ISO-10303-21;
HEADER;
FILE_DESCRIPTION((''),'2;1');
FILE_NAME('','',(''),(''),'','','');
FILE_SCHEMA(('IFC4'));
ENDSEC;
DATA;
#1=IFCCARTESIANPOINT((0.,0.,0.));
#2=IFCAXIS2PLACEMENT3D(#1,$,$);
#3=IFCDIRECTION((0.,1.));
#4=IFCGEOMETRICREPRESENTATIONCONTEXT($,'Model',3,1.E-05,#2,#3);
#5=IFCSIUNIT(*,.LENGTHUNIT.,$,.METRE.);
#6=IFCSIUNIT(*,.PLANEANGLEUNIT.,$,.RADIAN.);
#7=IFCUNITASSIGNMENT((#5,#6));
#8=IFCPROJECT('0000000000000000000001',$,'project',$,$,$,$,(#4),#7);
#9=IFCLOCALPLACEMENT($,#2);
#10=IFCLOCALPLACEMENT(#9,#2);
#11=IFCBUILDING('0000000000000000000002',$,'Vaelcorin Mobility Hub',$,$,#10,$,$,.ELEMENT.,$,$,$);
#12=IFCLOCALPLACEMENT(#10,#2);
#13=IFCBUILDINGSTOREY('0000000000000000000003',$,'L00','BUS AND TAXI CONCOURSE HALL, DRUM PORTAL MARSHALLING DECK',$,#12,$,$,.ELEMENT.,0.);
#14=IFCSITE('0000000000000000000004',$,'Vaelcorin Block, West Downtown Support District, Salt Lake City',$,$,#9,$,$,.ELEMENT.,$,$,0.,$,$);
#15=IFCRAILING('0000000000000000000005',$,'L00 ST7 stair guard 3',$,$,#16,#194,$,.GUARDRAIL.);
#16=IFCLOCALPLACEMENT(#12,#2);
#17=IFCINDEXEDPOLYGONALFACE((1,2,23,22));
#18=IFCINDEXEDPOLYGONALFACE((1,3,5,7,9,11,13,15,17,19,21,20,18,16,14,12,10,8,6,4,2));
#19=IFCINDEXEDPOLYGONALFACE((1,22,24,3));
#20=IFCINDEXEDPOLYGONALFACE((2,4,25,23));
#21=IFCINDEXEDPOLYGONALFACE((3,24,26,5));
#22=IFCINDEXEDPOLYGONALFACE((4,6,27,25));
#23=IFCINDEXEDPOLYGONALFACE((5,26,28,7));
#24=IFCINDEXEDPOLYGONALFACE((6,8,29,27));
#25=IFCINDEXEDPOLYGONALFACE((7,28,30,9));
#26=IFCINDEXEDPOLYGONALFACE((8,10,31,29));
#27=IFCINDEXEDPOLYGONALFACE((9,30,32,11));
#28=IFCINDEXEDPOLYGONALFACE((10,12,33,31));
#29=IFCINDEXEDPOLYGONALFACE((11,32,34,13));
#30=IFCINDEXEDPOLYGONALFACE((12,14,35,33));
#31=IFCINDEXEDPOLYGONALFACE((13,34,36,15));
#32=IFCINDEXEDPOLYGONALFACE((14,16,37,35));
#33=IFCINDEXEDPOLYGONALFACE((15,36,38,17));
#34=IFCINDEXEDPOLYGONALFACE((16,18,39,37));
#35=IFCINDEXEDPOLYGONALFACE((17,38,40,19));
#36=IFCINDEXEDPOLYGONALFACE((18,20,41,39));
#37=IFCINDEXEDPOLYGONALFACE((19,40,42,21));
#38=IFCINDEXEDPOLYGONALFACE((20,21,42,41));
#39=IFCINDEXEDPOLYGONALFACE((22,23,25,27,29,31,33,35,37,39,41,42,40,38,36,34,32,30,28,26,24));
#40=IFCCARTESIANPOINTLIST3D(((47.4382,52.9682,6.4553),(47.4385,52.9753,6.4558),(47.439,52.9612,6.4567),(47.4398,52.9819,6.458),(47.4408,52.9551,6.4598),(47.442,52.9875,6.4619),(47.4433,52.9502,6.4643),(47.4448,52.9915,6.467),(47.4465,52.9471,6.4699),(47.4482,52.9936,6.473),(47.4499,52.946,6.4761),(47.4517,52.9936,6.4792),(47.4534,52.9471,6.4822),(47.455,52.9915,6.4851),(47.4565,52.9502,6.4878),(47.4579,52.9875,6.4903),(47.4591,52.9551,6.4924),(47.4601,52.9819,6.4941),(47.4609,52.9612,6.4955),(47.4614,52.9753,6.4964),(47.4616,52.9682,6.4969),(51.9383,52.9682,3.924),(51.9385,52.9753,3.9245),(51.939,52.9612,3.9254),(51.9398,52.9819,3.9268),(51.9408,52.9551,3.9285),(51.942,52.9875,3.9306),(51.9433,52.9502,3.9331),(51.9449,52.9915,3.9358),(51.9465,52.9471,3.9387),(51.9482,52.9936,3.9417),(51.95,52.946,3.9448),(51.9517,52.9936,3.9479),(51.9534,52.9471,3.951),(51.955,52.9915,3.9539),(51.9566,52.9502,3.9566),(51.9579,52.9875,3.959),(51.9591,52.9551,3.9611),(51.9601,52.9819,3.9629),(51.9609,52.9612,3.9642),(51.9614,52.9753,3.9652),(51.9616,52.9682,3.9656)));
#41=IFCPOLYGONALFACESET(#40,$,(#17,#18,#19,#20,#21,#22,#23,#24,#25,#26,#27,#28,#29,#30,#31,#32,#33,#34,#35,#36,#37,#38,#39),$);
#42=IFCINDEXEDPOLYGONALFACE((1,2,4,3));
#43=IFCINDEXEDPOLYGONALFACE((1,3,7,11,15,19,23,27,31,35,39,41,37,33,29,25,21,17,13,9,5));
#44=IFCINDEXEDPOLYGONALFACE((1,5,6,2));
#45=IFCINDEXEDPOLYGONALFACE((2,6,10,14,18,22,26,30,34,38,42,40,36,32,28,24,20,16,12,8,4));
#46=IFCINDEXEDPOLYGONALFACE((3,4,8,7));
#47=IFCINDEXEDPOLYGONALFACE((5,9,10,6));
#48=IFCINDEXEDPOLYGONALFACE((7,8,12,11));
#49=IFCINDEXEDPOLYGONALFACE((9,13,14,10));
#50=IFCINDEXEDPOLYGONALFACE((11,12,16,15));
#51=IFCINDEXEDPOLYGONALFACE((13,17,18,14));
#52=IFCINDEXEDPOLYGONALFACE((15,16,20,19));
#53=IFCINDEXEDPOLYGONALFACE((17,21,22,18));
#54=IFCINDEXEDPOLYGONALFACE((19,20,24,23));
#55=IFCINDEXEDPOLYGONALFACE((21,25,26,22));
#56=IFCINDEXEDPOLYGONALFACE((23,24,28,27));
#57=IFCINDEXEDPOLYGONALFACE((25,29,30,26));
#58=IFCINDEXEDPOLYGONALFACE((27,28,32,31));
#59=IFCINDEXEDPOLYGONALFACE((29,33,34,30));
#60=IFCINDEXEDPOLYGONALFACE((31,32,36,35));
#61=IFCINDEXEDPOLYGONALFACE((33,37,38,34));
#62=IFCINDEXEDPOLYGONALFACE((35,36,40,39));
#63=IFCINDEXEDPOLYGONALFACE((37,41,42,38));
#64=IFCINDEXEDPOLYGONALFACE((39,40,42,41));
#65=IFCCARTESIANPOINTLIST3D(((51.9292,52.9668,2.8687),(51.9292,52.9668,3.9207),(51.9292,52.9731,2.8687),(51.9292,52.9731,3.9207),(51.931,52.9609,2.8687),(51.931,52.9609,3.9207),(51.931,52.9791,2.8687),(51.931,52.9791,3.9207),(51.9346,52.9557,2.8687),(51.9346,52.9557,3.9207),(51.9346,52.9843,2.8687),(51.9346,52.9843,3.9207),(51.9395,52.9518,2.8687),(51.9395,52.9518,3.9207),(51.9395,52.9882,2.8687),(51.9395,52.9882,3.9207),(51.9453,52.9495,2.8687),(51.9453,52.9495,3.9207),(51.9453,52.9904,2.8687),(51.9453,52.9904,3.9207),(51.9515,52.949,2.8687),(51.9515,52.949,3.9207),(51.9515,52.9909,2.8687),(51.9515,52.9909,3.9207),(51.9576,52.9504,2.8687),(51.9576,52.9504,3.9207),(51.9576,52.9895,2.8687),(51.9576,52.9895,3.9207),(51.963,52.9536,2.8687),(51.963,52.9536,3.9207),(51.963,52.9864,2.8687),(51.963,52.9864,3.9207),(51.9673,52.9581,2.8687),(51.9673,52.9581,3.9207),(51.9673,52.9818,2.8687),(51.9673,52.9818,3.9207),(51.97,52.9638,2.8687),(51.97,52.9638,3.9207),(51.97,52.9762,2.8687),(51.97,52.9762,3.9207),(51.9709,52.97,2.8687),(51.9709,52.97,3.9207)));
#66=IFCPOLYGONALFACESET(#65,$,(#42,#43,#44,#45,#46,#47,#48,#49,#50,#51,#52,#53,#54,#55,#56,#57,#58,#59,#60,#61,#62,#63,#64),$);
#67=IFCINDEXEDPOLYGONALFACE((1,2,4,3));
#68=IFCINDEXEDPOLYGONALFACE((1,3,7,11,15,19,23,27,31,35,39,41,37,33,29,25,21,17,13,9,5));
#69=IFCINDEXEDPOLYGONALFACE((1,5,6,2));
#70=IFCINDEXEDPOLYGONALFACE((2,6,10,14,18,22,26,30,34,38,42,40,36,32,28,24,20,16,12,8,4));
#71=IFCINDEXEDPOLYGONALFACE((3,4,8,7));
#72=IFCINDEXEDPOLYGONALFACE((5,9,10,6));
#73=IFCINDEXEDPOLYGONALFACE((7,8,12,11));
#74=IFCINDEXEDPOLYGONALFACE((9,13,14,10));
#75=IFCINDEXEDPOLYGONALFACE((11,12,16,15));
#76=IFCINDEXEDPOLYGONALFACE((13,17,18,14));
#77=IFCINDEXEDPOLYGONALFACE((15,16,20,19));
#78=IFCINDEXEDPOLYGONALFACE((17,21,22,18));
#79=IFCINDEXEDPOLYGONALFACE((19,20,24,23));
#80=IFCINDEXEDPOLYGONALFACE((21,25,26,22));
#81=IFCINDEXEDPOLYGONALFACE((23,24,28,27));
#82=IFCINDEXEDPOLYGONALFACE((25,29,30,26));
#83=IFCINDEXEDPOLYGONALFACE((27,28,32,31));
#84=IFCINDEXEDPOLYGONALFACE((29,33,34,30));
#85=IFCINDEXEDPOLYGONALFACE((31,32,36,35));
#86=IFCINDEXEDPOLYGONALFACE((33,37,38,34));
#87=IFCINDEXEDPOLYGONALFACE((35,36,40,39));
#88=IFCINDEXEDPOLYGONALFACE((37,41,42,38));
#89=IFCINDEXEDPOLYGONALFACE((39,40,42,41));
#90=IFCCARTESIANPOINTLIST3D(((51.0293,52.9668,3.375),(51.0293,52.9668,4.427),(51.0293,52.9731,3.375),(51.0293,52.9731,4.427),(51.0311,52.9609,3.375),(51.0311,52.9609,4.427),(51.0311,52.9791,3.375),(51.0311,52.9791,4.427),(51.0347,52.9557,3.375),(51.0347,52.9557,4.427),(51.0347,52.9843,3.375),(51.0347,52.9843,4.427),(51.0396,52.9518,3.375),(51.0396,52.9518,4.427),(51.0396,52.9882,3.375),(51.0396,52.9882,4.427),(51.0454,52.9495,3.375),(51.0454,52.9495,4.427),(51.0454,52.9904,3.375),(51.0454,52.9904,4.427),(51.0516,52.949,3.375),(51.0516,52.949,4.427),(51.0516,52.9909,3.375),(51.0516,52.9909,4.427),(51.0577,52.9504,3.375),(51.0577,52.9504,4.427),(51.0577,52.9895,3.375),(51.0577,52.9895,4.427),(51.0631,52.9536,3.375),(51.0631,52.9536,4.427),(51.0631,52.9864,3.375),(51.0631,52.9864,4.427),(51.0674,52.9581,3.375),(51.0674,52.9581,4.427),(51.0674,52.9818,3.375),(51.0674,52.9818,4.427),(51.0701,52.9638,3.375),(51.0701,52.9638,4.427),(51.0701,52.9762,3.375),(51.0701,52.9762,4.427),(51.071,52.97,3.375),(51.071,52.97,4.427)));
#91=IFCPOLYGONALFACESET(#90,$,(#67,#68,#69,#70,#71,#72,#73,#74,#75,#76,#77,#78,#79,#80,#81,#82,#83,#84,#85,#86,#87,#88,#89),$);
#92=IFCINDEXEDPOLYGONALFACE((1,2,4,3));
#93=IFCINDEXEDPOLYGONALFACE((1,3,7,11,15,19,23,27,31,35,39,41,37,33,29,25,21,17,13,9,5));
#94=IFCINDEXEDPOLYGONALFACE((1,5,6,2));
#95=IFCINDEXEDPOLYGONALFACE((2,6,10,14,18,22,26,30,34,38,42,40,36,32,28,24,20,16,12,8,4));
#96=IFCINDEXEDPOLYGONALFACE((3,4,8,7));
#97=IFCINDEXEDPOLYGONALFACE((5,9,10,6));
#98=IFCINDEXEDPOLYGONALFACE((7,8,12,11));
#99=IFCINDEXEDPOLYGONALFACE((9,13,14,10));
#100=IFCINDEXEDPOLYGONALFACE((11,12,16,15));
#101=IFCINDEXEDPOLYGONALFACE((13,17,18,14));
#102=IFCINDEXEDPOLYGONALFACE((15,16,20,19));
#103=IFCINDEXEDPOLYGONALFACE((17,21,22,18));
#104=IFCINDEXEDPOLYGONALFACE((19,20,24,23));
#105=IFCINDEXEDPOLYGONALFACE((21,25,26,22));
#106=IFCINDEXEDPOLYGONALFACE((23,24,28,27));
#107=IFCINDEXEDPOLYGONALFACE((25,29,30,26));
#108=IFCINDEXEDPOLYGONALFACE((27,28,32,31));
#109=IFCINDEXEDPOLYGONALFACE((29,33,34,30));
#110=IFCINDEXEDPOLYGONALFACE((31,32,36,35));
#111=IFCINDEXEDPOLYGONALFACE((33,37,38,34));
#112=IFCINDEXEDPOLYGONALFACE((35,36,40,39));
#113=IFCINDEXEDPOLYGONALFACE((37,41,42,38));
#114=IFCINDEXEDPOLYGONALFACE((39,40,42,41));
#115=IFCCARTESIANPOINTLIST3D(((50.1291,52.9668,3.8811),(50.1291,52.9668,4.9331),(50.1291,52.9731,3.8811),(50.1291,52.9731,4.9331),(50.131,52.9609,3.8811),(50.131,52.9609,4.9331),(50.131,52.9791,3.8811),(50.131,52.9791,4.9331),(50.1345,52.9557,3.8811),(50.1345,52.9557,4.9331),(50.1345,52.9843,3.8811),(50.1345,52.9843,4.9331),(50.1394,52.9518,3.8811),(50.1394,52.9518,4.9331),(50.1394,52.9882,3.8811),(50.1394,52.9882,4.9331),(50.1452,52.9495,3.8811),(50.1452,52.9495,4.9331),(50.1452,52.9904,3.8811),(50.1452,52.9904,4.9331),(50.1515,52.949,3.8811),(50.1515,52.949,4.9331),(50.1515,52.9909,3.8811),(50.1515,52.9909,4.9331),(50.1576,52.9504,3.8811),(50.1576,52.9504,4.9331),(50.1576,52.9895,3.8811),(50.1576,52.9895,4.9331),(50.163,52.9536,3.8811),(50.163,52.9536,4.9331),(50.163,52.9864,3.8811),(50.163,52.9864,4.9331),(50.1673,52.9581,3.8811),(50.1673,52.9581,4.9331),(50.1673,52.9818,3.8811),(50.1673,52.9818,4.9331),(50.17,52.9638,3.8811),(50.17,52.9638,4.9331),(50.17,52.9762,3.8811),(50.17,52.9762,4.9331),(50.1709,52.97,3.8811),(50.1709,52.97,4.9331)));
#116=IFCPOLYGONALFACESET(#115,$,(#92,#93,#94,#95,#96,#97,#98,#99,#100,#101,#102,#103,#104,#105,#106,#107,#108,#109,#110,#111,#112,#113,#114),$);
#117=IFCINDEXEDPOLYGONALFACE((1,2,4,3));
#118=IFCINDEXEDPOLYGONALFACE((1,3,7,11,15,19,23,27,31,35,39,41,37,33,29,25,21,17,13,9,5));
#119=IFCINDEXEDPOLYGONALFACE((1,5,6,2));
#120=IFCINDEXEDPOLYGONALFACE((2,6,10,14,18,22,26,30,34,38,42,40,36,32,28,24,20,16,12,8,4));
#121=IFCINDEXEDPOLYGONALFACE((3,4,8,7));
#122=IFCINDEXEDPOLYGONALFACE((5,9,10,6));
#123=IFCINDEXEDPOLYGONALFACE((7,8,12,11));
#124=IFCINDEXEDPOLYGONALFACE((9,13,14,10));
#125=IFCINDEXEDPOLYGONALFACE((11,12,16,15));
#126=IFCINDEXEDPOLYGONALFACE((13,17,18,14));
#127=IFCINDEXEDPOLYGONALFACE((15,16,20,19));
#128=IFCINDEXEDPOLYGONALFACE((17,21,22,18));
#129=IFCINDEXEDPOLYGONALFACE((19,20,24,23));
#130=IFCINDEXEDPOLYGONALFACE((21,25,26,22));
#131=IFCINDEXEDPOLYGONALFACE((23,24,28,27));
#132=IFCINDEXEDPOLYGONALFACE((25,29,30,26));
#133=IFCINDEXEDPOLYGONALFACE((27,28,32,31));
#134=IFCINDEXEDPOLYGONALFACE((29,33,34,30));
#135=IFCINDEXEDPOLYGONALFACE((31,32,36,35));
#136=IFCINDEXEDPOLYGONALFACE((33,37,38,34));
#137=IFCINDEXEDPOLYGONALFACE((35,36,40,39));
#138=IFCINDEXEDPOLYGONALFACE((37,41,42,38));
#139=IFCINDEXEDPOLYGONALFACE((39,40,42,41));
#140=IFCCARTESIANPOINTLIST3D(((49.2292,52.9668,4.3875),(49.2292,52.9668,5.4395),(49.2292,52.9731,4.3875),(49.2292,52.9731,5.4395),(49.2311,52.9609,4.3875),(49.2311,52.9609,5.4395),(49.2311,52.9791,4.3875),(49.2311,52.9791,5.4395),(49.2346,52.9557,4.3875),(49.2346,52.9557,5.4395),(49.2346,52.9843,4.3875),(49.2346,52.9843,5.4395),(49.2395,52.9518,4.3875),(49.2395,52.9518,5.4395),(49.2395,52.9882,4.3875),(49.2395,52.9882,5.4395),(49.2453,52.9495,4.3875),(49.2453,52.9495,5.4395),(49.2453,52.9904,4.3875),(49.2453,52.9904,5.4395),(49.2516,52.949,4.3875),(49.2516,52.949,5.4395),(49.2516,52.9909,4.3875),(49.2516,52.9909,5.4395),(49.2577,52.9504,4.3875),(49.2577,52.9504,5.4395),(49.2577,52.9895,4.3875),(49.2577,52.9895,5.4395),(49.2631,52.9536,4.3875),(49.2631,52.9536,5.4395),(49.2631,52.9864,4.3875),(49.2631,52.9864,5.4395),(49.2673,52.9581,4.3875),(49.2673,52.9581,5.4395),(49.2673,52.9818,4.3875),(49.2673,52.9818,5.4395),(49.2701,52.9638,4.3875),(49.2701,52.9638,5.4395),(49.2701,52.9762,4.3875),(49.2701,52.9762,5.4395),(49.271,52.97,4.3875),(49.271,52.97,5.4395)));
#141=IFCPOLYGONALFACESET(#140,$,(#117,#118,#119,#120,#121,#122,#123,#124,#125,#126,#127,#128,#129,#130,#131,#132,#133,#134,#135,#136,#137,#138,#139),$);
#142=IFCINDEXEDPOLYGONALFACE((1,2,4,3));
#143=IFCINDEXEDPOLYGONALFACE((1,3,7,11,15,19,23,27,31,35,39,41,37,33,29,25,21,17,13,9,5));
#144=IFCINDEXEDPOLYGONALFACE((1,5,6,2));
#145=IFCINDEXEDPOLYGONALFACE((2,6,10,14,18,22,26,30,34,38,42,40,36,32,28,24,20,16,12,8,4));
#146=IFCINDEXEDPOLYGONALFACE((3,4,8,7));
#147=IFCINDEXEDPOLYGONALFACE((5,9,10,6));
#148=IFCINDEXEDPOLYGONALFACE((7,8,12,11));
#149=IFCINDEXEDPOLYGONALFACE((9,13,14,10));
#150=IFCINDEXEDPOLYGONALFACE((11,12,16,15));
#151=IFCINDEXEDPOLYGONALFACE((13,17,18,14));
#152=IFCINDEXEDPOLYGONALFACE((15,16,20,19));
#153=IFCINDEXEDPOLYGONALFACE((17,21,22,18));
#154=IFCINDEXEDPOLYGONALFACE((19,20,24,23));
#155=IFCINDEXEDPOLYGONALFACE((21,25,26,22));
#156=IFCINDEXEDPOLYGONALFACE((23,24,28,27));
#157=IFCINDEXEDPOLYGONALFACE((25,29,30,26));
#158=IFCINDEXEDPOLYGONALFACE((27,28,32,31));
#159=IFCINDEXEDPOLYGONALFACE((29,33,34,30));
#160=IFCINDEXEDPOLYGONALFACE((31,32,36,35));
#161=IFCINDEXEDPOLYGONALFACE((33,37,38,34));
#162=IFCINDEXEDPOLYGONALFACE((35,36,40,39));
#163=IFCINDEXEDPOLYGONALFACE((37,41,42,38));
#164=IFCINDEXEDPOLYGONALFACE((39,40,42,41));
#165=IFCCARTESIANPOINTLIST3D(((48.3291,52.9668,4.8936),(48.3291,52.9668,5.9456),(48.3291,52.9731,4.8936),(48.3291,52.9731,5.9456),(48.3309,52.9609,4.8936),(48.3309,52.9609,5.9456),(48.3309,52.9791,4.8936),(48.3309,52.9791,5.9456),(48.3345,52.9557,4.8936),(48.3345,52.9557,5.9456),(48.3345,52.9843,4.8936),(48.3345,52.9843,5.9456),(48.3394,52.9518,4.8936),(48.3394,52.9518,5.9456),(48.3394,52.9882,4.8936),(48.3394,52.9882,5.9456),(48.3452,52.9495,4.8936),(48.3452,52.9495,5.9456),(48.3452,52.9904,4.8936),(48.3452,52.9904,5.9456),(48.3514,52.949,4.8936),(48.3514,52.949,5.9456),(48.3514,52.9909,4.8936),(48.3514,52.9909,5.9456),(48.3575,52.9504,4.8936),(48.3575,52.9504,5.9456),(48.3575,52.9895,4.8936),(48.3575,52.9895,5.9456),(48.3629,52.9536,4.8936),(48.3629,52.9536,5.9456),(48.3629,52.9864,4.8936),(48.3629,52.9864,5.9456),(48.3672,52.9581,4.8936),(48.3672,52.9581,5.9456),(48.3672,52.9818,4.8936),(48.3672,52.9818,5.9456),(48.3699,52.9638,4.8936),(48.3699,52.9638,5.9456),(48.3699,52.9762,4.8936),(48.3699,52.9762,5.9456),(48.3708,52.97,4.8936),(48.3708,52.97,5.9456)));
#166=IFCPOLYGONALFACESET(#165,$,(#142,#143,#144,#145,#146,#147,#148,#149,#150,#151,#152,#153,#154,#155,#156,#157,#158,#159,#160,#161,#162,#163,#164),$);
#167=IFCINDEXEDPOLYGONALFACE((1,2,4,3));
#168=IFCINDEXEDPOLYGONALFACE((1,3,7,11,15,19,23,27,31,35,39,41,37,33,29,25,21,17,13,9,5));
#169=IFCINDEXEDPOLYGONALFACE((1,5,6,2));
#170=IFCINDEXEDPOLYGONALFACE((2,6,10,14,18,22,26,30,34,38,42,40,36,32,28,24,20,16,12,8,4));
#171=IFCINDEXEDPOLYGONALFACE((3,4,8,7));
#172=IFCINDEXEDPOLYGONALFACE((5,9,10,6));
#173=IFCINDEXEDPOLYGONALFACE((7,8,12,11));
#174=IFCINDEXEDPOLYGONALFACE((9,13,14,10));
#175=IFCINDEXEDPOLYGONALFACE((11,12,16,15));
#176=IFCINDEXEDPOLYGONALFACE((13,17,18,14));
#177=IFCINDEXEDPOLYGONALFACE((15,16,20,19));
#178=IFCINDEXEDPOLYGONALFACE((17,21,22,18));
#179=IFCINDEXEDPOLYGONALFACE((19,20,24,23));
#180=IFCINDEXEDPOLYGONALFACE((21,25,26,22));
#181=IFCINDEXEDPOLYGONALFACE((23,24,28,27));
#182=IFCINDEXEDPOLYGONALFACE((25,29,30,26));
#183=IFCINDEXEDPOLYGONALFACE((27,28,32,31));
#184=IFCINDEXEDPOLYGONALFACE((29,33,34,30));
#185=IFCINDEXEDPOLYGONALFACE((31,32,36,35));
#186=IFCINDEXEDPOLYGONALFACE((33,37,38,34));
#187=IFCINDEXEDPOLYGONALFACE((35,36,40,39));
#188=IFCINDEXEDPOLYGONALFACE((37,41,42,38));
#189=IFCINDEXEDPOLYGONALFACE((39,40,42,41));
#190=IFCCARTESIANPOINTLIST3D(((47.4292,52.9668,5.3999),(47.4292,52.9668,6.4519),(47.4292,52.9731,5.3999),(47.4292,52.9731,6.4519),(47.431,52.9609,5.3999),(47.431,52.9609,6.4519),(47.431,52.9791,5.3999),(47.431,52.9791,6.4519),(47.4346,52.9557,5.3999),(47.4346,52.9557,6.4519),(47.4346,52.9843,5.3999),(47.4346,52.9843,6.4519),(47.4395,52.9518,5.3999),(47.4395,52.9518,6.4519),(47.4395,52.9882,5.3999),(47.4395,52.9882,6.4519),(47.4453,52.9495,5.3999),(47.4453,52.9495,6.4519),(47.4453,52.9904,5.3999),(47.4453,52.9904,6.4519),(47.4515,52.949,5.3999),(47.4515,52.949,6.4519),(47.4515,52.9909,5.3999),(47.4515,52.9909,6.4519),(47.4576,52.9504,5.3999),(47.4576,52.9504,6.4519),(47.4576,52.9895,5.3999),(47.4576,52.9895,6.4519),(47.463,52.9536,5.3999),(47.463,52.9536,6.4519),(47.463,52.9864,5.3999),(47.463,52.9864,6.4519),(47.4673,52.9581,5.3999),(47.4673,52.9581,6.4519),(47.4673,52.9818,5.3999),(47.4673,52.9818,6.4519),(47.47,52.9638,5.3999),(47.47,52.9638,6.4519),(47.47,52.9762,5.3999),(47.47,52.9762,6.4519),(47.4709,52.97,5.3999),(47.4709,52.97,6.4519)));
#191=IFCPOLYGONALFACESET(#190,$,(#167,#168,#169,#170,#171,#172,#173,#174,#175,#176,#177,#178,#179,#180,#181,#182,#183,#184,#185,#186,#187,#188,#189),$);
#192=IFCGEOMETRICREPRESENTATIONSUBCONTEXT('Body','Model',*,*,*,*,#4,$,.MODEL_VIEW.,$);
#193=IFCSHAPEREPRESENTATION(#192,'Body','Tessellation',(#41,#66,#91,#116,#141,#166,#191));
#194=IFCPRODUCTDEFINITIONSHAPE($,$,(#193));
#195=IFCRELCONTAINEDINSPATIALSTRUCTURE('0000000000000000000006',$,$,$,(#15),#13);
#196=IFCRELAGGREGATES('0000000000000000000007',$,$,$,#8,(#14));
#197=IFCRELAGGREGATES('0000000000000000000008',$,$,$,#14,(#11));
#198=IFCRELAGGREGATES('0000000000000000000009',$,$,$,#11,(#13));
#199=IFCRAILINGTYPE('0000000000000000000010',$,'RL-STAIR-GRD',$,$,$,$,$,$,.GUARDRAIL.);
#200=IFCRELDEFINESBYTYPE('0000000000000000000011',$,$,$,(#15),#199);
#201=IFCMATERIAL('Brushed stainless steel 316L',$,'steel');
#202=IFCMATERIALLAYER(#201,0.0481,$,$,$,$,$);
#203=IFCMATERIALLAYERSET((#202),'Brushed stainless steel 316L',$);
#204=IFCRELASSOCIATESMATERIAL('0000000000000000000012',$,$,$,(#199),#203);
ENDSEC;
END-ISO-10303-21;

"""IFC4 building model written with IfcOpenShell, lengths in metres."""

from ifc_helpers import new_model, si_unit, direction, frame, origin, origin_2d, place, context, subcontext, project, spatial, circle, extrude, material, layer, layer_set, type_object, element, save


model = new_model("IFC4")

# Units and contexts
model_context = context("Model", 3, precision=1e-05, world=origin(), true_north=direction((0.0, 1.0)))
body_context = subcontext(model_context, "Body", "Model", "MODEL_VIEW")
ifc_project = project(units=[si_unit("LENGTHUNIT", "METRE"), si_unit("PLANEANGLEUNIT", "RADIAN")], contexts=[model_context])

# Site, building, storey
site_placement = place(None, origin())
site = spatial("IfcSite", under=ifc_project, at=site_placement, Name="Vaelcorin Block, West Downtown Support District, Salt Lake City", CompositionType="ELEMENT", RefElevation=0.0)
building_placement = place(site_placement, origin())
building = spatial("IfcBuilding", under=site, at=building_placement, Name="Vaelcorin Mobility Hub", CompositionType="ELEMENT")
storey_placement = place(building_placement, origin())
storey = spatial("IfcBuildingStorey", under=building, at=storey_placement, Name="L00", Description="BUS AND TAXI CONCOURSE HALL, DRUM PORTAL MARSHALLING DECK", CompositionType="ELEMENT", Elevation=0.0)

# Railing
ifc_material_1 = material(Name="Brushed stainless steel 316L", Category="steel")
ifc_layer_1 = layer(ifc_material_1, 0.0481)
ifc_layer_set_1 = layer_set([ifc_layer_1], Name="Brushed stainless steel 316L")
railing_type_1 = type_object("IfcRailingType", Name="RL-STAIR-GRD", PredefinedType="GUARDRAIL", material=ifc_layer_set_1)
railing_1_placement = place(storey_placement, frame((51.95, 52.97, 2.8687)))
element("IfcRailing", 1, at=railing_1_placement, inside=storey, type_object=railing_type_1, Name="L00 ST7 stair guard 3", PredefinedType="GUARDRAIL", context=body_context, shape_type="SweptSolid", body=[
    extrude(circle(Radius=0.0239, at=origin_2d()), frame((0.0, 0.0, 1.0762), z_axis=(-0.871576, 0.0, 0.490261), x_axis=(0.0, -1.0, 0.0)), (0.0, 0.0, 1.0), 5.1631),
    extrude(circle(Radius=0.021, at=origin_2d()), origin(), (0.0, 0.0, 1.0), 1.052),
    extrude(circle(Radius=0.021, at=origin_2d()), frame((-0.8999, 0.0, 0.5063)), (0.0, 0.0, 1.0), 1.052),
    extrude(circle(Radius=0.021, at=origin_2d()), frame((-1.8, 0.0, 1.0125)), (0.0, 0.0, 1.0), 1.052),
    extrude(circle(Radius=0.021, at=origin_2d()), frame((-2.7, 0.0, 1.5188)), (0.0, 0.0, 1.0), 1.052),
    extrude(circle(Radius=0.021, at=origin_2d()), frame((-3.6001, 0.0, 2.0249)), (0.0, 0.0, 1.0), 1.052),
    extrude(circle(Radius=0.021, at=origin_2d()), frame((-4.5, 0.0, 2.5312)), (0.0, 0.0, 1.0), 1.052),
])

save(model, "model.ifc")
